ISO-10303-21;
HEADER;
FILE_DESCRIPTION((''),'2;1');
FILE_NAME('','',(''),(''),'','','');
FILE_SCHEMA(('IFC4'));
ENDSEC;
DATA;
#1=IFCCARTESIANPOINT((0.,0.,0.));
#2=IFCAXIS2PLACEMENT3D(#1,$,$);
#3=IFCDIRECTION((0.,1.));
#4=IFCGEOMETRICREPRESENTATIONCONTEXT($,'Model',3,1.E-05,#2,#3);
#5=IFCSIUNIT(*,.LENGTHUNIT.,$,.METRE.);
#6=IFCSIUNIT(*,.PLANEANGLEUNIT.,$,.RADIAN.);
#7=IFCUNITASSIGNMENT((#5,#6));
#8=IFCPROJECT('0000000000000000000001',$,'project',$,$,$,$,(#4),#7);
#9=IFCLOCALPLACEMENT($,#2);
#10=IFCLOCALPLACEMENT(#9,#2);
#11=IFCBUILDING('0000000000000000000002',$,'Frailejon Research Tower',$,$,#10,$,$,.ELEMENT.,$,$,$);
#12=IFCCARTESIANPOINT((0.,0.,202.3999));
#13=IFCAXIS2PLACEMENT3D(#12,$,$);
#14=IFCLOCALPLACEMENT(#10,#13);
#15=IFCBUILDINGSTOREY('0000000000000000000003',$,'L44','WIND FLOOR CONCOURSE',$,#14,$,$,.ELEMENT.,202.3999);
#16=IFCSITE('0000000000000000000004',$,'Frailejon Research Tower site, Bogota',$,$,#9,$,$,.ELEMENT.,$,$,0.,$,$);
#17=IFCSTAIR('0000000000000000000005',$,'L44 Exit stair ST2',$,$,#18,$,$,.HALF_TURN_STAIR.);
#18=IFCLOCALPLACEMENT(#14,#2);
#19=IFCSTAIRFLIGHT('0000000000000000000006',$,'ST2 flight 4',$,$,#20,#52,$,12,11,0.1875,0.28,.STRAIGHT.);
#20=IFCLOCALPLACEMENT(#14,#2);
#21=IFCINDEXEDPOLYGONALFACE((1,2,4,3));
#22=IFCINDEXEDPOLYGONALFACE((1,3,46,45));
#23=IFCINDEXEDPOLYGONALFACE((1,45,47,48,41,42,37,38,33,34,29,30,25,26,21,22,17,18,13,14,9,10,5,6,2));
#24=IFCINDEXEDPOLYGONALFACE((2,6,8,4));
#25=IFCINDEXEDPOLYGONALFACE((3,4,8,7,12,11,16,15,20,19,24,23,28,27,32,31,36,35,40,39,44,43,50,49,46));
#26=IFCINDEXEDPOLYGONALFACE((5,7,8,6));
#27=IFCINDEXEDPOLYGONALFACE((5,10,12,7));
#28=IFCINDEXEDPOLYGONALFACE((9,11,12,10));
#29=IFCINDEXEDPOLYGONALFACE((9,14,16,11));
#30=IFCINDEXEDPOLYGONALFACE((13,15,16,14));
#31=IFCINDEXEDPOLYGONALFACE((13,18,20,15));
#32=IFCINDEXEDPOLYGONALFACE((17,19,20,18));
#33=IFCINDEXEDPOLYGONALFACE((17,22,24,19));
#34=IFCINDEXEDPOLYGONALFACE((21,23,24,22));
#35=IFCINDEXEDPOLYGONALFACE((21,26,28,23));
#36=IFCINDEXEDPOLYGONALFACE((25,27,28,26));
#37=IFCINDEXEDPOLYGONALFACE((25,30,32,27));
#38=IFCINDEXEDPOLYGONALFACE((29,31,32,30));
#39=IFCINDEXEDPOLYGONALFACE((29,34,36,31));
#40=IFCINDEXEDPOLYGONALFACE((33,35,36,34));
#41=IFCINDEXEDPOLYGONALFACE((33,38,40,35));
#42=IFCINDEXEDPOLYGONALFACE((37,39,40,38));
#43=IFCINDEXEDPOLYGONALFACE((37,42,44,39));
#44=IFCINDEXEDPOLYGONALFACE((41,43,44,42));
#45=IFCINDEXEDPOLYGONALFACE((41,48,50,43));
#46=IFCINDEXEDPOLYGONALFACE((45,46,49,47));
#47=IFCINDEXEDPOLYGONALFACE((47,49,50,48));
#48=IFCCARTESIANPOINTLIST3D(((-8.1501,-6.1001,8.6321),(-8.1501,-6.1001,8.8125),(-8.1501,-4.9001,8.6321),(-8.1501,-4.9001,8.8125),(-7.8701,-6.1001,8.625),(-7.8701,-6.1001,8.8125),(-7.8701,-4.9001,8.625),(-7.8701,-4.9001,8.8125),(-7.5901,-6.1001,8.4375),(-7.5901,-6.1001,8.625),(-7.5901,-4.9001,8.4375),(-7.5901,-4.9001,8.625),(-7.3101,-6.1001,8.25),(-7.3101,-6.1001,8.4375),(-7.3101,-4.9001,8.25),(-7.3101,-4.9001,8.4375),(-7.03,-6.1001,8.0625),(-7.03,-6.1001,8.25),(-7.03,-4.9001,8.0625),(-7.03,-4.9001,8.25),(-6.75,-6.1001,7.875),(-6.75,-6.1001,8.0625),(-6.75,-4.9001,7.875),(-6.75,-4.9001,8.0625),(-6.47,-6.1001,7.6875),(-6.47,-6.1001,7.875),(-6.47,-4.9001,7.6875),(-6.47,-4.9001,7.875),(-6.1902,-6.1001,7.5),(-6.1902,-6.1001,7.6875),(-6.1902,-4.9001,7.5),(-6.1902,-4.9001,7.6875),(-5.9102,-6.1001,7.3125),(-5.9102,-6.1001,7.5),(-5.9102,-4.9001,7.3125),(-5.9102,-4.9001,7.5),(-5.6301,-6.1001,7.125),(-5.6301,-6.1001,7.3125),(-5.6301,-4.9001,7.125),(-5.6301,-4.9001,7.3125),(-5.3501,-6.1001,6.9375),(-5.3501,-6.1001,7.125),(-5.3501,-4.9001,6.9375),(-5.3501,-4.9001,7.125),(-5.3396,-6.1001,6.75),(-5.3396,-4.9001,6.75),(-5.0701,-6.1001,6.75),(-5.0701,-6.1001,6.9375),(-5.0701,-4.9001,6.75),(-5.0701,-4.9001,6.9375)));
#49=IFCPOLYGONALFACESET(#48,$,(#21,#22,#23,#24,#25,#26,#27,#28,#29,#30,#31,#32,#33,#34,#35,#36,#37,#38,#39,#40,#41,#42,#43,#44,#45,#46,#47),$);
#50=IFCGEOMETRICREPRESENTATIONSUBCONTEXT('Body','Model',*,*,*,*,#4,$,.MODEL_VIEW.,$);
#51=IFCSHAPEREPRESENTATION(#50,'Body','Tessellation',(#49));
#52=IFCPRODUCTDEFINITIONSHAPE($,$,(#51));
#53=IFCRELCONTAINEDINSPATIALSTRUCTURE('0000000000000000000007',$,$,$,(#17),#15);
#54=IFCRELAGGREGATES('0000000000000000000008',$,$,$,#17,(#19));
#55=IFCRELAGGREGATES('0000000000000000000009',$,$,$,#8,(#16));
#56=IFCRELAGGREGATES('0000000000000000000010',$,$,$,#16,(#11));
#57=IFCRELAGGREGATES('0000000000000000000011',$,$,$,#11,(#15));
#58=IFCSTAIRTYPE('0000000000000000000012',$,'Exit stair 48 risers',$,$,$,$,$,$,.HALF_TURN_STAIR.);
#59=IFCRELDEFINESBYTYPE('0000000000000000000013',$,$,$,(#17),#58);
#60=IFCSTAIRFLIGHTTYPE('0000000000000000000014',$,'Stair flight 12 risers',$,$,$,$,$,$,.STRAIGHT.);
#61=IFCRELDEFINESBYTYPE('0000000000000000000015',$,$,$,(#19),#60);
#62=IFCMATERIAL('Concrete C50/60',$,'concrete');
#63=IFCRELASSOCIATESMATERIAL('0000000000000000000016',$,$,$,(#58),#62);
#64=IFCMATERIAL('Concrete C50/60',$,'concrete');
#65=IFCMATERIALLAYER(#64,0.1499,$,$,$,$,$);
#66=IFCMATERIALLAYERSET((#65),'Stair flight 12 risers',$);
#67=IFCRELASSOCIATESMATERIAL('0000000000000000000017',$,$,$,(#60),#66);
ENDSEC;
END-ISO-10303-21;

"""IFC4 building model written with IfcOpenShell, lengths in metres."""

from ifc_helpers import new_model, si_unit, direction, frame, origin, place, context, subcontext, project, spatial, polyline, outline, extrude, material, layer, layer_set, type_object, element, aggregate, save


model = new_model("IFC4")

# Units and contexts
model_context = context("Model", 3, precision=1e-05, world=origin(), true_north=direction((0.0, 1.0)))
body_context = subcontext(model_context, "Body", "Model", "MODEL_VIEW")
ifc_project = project(units=[si_unit("LENGTHUNIT", "METRE"), si_unit("PLANEANGLEUNIT", "RADIAN")], contexts=[model_context])

# Site, building, storey
site_placement = place(None, origin())
site = spatial("IfcSite", under=ifc_project, at=site_placement, Name="Frailejon Research Tower site, Bogota", CompositionType="ELEMENT", RefElevation=0.0)
building_placement = place(site_placement, origin())
building = spatial("IfcBuilding", under=site, at=building_placement, Name="Frailejon Research Tower", CompositionType="ELEMENT")
storey_placement = place(building_placement, frame((0.0, 0.0, 202.3999)))
storey = spatial("IfcBuildingStorey", under=building, at=storey_placement, Name="L44", Description="WIND FLOOR CONCOURSE", CompositionType="ELEMENT", Elevation=202.3999)

# Stair, stair flight
ifc_material_1 = material(Name="Concrete C50/60", Category="concrete")
stair_type = type_object("IfcStairType", Name="Exit stair 48 risers", PredefinedType="HALF_TURN_STAIR", material=ifc_material_1)
stair_placement = place(storey_placement, origin())
stair = element("IfcStair", 1, at=stair_placement, inside=storey, type_object=stair_type, Name="L44 Exit stair ST2", PredefinedType="HALF_TURN_STAIR")
ifc_material_2 = material(Name="Concrete C50/60", Category="concrete")
ifc_layer_1 = layer(ifc_material_2, 0.1499)
ifc_layer_set_1 = layer_set([ifc_layer_1], Name="Stair flight 12 risers")
stair_flight_type = type_object("IfcStairFlightType", Name="Stair flight 12 risers", PredefinedType="STRAIGHT", material=ifc_layer_set_1)
stair_flight_1_placement = place(storey_placement, frame((-5.0701, -5.5, 6.75), z_axis=(0.0, 0.0, 1.0), x_axis=(-1.0, 0.0, 0.0)))
stair_flight_1 = element("IfcStairFlight", 2, at=stair_flight_1_placement, type_object=stair_flight_type, Name="ST2 flight 4", NumberOfRisers=12, NumberOfTreads=11, PredefinedType="STRAIGHT", RiserHeight=0.1875, TreadLength=0.28, context=body_context, shape_type="SweptSolid", body=[
    extrude(outline(polyline([(0.0, 0.0), (0.0, 0.1875), (0.28, 0.1875), (0.28, 0.375), (0.5601, 0.375), (0.5601, 0.5625), (0.8401, 0.5625), (0.8401, 0.75), (1.1201, 0.75), (1.1201, 0.9375), (1.3999, 0.9375), (1.3999, 1.125), (1.6799, 1.125), (1.6799, 1.3125), (1.96, 1.3125), (1.96, 1.5), (2.24, 1.5), (2.24, 1.6875), (2.52, 1.6875), (2.52, 1.875), (2.8, 1.875), (2.8, 2.0625), (3.0801, 2.0625), (3.0801, 2.25), (3.0801, 1.8821), (0.2695, 0.0), (0.0, 0.0)])), frame((0.0, 0.6001, 0.0), z_axis=(0.0, -1.0, 0.0), x_axis=(1.0, 0.0, 0.0)), (0.0, 0.0, 1.0), 1.2),
])
aggregate(stair, [stair_flight_1])

save(model, "model.ifc")
